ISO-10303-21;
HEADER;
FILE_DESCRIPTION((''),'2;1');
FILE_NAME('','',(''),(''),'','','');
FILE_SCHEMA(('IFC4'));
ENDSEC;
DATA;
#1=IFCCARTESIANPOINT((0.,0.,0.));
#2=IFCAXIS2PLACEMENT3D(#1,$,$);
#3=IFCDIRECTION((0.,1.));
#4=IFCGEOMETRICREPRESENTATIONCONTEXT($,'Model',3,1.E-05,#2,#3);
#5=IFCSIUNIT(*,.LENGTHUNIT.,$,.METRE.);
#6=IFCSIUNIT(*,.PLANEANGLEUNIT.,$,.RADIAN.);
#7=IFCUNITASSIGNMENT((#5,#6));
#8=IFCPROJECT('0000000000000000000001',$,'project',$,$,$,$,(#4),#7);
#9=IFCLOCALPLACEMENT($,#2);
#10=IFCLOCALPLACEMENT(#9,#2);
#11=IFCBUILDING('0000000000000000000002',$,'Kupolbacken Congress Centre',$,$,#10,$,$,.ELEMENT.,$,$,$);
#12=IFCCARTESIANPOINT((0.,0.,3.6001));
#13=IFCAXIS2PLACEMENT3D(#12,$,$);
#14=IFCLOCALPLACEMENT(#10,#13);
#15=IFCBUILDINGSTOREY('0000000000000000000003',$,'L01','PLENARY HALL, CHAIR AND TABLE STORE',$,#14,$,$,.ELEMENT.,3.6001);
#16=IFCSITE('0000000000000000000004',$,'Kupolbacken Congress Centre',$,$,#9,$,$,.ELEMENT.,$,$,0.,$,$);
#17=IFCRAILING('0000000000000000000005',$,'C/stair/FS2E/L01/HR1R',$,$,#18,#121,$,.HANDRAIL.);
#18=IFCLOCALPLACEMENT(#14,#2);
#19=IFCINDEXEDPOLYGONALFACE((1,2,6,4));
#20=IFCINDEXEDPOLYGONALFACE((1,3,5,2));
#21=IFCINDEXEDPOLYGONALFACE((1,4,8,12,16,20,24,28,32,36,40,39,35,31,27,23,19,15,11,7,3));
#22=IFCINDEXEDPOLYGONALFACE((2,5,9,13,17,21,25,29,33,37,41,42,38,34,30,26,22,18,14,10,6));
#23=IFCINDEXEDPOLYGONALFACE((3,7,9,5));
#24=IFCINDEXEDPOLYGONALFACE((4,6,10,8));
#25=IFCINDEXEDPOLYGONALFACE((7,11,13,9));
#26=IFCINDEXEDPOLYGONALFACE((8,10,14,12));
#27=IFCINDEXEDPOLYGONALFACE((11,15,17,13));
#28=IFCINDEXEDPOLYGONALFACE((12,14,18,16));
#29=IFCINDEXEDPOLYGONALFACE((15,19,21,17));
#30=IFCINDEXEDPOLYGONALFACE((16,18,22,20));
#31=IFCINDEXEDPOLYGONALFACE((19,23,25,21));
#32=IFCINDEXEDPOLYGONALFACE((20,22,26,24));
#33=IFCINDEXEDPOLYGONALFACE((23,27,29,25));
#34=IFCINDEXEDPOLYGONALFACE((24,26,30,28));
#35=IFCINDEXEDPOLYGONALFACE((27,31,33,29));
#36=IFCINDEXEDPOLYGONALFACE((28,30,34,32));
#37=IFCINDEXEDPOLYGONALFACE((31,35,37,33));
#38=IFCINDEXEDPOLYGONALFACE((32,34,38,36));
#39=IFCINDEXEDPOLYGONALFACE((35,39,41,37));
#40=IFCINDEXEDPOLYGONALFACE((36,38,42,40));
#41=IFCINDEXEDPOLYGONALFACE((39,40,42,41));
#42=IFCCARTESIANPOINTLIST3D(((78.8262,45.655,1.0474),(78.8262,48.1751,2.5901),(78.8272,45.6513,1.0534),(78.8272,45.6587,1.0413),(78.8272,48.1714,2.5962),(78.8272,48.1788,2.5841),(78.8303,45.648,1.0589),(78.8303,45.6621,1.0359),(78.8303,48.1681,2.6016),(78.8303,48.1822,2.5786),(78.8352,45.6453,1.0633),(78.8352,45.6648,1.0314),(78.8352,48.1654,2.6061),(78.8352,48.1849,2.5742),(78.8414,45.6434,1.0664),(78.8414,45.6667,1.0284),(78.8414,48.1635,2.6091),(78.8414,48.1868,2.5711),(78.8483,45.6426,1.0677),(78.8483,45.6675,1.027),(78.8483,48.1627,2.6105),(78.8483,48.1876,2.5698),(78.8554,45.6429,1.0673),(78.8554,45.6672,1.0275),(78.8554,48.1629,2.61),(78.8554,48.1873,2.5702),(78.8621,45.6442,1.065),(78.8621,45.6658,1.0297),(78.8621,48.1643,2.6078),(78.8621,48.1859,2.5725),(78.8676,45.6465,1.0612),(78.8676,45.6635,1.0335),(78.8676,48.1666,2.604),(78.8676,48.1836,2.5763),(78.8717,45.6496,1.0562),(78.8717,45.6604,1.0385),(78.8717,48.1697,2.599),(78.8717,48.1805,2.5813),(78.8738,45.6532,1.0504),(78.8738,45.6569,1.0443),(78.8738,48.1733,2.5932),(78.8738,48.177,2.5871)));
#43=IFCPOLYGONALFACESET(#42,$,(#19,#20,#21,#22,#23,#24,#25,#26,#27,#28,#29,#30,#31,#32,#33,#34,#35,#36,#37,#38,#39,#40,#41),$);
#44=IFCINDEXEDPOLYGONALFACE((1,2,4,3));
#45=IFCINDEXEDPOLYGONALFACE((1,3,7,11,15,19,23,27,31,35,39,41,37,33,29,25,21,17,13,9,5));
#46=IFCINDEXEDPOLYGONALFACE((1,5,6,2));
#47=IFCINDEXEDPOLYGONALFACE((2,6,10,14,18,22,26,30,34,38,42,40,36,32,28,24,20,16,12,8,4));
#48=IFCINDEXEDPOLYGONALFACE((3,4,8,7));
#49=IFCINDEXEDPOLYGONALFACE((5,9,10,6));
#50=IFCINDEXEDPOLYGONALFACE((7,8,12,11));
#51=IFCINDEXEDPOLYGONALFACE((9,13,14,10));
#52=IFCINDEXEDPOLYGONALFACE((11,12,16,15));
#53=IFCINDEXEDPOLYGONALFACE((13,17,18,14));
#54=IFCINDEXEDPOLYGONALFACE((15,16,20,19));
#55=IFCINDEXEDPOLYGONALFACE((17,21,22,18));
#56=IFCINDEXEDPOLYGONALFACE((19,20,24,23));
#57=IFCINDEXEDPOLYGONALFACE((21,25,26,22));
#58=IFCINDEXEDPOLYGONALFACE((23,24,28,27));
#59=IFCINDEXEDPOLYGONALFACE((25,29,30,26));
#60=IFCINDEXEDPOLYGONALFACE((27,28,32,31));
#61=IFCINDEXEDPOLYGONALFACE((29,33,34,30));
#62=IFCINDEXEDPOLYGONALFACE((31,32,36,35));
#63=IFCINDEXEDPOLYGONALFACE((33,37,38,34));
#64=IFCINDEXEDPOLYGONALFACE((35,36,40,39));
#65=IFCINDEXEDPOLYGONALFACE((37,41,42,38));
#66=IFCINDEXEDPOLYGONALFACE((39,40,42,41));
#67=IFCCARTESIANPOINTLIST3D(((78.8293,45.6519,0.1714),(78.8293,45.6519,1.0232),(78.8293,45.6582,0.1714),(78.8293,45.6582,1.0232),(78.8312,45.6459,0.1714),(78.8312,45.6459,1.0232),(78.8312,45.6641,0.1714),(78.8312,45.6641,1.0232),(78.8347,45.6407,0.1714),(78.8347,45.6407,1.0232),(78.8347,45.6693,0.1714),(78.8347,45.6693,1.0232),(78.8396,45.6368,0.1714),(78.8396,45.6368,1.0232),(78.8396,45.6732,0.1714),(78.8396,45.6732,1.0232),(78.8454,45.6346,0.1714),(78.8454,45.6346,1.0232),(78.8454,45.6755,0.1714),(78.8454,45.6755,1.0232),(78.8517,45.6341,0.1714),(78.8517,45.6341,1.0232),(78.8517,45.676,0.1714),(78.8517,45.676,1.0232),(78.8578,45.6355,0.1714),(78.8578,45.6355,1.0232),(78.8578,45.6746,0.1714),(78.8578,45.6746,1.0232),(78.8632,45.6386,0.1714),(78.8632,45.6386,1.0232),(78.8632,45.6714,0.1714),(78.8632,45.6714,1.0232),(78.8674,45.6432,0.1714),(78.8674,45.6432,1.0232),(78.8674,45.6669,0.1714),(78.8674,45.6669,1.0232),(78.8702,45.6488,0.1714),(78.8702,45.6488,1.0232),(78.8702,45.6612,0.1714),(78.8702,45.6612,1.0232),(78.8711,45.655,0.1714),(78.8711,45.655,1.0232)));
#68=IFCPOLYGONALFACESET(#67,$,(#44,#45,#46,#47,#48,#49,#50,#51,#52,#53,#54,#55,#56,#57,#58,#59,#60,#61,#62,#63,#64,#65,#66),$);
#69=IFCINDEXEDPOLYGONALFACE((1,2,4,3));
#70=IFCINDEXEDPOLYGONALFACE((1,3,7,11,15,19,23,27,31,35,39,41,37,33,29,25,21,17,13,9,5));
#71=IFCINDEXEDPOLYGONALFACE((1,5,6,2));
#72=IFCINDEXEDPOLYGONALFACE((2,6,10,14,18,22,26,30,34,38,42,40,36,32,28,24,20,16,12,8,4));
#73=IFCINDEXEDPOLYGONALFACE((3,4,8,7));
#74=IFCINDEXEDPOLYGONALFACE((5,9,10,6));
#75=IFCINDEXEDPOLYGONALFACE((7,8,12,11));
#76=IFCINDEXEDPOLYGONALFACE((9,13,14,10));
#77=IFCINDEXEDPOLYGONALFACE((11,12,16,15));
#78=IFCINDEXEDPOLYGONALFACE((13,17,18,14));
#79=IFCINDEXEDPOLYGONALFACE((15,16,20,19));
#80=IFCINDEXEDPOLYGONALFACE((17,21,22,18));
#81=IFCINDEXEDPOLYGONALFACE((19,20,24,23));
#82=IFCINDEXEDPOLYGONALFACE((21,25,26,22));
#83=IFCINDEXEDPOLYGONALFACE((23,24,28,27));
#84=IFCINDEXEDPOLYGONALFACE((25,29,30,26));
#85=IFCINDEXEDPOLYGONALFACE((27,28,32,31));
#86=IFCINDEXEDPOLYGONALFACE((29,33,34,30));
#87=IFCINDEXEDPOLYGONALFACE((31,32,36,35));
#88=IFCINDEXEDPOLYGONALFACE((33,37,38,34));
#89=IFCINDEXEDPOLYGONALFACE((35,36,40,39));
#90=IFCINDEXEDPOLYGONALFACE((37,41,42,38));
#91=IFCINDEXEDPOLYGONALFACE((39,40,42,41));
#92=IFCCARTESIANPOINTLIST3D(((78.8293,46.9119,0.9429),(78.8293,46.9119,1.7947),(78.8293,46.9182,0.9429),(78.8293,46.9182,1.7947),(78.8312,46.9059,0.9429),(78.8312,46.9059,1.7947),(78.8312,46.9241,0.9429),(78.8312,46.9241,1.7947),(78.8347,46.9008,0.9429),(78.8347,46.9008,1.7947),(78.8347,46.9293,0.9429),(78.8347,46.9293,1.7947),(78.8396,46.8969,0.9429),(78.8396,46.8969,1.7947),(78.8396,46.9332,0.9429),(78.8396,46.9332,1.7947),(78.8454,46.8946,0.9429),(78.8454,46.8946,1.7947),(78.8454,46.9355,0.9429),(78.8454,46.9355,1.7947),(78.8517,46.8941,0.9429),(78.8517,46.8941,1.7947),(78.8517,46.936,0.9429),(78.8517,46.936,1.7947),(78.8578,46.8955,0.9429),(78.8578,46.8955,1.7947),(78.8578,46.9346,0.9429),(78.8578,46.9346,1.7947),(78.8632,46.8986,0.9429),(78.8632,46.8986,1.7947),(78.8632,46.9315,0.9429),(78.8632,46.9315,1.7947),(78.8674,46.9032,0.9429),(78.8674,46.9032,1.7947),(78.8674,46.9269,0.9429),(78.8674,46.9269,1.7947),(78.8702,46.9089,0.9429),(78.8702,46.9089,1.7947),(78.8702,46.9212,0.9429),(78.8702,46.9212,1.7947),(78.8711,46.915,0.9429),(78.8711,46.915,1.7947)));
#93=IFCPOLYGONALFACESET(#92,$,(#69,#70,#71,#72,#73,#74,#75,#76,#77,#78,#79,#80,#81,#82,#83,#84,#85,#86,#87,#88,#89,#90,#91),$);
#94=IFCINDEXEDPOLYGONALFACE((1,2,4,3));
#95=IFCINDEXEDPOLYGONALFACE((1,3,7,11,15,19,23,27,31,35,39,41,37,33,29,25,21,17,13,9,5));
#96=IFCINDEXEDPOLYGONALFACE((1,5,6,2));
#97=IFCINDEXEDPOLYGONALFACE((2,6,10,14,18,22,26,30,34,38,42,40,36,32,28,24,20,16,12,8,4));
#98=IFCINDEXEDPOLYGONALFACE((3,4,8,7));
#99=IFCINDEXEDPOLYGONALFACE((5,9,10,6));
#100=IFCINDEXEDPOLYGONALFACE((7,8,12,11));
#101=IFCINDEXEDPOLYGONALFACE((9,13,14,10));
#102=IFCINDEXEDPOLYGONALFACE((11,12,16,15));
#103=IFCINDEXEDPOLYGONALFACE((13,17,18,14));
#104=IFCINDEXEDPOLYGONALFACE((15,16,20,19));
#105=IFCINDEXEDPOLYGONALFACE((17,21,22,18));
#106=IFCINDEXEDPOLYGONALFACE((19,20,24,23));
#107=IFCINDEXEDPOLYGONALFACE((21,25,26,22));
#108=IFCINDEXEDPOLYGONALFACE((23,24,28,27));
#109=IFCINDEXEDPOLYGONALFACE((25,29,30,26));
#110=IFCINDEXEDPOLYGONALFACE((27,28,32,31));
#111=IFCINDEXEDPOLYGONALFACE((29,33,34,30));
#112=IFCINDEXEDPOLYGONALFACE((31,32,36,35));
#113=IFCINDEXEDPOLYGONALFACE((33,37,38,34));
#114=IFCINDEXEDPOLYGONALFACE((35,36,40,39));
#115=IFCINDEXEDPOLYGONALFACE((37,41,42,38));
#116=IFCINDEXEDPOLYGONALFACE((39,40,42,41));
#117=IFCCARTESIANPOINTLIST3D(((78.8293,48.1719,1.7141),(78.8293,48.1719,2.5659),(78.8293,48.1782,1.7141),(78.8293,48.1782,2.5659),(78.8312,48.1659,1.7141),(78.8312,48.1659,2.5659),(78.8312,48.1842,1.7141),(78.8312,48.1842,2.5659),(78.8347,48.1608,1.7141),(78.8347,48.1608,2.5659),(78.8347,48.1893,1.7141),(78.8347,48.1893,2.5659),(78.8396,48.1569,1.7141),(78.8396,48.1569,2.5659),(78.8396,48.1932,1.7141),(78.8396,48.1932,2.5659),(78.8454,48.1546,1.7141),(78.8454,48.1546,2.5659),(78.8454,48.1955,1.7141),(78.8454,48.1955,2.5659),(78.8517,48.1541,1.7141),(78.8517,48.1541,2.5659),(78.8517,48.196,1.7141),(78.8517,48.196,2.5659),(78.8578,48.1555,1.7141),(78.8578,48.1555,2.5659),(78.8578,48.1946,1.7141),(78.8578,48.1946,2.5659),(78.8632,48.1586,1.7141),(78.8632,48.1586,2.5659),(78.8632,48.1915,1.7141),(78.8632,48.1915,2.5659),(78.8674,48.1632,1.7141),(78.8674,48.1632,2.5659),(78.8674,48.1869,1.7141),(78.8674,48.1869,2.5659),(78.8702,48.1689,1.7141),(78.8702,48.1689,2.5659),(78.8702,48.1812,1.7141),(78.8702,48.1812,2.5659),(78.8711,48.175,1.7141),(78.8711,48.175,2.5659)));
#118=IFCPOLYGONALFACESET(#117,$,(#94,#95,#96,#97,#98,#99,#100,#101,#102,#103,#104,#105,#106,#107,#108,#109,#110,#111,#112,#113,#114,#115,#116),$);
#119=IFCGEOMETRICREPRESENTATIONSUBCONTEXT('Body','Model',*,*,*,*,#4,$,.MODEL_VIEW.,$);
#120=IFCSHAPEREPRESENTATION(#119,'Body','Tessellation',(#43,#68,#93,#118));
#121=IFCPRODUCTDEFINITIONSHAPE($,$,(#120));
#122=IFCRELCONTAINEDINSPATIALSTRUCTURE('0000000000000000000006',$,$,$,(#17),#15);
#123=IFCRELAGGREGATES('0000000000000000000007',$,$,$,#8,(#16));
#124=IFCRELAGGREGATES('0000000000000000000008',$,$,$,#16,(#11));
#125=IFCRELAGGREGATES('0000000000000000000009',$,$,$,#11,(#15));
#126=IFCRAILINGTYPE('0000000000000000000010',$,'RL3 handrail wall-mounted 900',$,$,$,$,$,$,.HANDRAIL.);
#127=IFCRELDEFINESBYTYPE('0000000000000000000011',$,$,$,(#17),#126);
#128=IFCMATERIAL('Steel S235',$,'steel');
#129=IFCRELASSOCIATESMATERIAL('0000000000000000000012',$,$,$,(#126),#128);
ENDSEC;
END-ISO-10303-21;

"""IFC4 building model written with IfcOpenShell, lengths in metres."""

from ifc_helpers import new_model, si_unit, direction, frame, origin, origin_2d, place, context, subcontext, project, spatial, circle, extrude, material, type_object, element, save


model = new_model("IFC4")

# Units and contexts
model_context = context("Model", 3, precision=1e-05, world=origin(), true_north=direction((0.0, 1.0)))
body_context = subcontext(model_context, "Body", "Model", "MODEL_VIEW")
ifc_project = project(units=[si_unit("LENGTHUNIT", "METRE"), si_unit("PLANEANGLEUNIT", "RADIAN")], contexts=[model_context])

# Site, building, storey
site_placement = place(None, origin())
site = spatial("IfcSite", under=ifc_project, at=site_placement, Name="Kupolbacken Congress Centre", CompositionType="ELEMENT", RefElevation=0.0)
building_placement = place(site_placement, origin())
building = spatial("IfcBuilding", under=site, at=building_placement, Name="Kupolbacken Congress Centre", CompositionType="ELEMENT")
storey_placement = place(building_placement, frame((0.0, 0.0, 3.6001)))
storey = spatial("IfcBuildingStorey", under=building, at=storey_placement, Name="L01", Description="PLENARY HALL, CHAIR AND TABLE STORE", CompositionType="ELEMENT", Elevation=3.6001)

# Railing
ifc_material_1 = material(Name="Steel S235", Category="steel")
railing_type = type_object("IfcRailingType", Name="RL3 handrail wall-mounted 900", PredefinedType="HANDRAIL", material=ifc_material_1)
for number, where, name in (
    (1, (78.8501, 45.655, 0.1714), "C/stair/FS2E/L01/HR1R"),
):
    element("IfcRailing", number, at=place(storey_placement, frame(where)), inside=storey, type_object=railing_type, Name=name, PredefinedType="HANDRAIL", context=body_context, shape_type="SweptSolid", body=[
        extrude(circle(Radius=0.0239, at=origin_2d()), frame((0.0, 0.0, 0.876), z_axis=(0.0, 0.852873, 0.522118), x_axis=(-1.0, 0.0, 0.0)), (0.0, 0.0, 1.0), 2.9548),
        extrude(circle(Radius=0.021, at=origin_2d()), origin(), (0.0, 0.0, 1.0), 0.8518),
        extrude(circle(Radius=0.021, at=origin_2d()), frame((0.0, 1.26, 0.7715)), (0.0, 0.0, 1.0), 0.8518),
        extrude(circle(Radius=0.021, at=origin_2d()), frame((0.0, 2.52, 1.5427)), (0.0, 0.0, 1.0), 0.8518),
    ])

save(model, "model.ifc")
